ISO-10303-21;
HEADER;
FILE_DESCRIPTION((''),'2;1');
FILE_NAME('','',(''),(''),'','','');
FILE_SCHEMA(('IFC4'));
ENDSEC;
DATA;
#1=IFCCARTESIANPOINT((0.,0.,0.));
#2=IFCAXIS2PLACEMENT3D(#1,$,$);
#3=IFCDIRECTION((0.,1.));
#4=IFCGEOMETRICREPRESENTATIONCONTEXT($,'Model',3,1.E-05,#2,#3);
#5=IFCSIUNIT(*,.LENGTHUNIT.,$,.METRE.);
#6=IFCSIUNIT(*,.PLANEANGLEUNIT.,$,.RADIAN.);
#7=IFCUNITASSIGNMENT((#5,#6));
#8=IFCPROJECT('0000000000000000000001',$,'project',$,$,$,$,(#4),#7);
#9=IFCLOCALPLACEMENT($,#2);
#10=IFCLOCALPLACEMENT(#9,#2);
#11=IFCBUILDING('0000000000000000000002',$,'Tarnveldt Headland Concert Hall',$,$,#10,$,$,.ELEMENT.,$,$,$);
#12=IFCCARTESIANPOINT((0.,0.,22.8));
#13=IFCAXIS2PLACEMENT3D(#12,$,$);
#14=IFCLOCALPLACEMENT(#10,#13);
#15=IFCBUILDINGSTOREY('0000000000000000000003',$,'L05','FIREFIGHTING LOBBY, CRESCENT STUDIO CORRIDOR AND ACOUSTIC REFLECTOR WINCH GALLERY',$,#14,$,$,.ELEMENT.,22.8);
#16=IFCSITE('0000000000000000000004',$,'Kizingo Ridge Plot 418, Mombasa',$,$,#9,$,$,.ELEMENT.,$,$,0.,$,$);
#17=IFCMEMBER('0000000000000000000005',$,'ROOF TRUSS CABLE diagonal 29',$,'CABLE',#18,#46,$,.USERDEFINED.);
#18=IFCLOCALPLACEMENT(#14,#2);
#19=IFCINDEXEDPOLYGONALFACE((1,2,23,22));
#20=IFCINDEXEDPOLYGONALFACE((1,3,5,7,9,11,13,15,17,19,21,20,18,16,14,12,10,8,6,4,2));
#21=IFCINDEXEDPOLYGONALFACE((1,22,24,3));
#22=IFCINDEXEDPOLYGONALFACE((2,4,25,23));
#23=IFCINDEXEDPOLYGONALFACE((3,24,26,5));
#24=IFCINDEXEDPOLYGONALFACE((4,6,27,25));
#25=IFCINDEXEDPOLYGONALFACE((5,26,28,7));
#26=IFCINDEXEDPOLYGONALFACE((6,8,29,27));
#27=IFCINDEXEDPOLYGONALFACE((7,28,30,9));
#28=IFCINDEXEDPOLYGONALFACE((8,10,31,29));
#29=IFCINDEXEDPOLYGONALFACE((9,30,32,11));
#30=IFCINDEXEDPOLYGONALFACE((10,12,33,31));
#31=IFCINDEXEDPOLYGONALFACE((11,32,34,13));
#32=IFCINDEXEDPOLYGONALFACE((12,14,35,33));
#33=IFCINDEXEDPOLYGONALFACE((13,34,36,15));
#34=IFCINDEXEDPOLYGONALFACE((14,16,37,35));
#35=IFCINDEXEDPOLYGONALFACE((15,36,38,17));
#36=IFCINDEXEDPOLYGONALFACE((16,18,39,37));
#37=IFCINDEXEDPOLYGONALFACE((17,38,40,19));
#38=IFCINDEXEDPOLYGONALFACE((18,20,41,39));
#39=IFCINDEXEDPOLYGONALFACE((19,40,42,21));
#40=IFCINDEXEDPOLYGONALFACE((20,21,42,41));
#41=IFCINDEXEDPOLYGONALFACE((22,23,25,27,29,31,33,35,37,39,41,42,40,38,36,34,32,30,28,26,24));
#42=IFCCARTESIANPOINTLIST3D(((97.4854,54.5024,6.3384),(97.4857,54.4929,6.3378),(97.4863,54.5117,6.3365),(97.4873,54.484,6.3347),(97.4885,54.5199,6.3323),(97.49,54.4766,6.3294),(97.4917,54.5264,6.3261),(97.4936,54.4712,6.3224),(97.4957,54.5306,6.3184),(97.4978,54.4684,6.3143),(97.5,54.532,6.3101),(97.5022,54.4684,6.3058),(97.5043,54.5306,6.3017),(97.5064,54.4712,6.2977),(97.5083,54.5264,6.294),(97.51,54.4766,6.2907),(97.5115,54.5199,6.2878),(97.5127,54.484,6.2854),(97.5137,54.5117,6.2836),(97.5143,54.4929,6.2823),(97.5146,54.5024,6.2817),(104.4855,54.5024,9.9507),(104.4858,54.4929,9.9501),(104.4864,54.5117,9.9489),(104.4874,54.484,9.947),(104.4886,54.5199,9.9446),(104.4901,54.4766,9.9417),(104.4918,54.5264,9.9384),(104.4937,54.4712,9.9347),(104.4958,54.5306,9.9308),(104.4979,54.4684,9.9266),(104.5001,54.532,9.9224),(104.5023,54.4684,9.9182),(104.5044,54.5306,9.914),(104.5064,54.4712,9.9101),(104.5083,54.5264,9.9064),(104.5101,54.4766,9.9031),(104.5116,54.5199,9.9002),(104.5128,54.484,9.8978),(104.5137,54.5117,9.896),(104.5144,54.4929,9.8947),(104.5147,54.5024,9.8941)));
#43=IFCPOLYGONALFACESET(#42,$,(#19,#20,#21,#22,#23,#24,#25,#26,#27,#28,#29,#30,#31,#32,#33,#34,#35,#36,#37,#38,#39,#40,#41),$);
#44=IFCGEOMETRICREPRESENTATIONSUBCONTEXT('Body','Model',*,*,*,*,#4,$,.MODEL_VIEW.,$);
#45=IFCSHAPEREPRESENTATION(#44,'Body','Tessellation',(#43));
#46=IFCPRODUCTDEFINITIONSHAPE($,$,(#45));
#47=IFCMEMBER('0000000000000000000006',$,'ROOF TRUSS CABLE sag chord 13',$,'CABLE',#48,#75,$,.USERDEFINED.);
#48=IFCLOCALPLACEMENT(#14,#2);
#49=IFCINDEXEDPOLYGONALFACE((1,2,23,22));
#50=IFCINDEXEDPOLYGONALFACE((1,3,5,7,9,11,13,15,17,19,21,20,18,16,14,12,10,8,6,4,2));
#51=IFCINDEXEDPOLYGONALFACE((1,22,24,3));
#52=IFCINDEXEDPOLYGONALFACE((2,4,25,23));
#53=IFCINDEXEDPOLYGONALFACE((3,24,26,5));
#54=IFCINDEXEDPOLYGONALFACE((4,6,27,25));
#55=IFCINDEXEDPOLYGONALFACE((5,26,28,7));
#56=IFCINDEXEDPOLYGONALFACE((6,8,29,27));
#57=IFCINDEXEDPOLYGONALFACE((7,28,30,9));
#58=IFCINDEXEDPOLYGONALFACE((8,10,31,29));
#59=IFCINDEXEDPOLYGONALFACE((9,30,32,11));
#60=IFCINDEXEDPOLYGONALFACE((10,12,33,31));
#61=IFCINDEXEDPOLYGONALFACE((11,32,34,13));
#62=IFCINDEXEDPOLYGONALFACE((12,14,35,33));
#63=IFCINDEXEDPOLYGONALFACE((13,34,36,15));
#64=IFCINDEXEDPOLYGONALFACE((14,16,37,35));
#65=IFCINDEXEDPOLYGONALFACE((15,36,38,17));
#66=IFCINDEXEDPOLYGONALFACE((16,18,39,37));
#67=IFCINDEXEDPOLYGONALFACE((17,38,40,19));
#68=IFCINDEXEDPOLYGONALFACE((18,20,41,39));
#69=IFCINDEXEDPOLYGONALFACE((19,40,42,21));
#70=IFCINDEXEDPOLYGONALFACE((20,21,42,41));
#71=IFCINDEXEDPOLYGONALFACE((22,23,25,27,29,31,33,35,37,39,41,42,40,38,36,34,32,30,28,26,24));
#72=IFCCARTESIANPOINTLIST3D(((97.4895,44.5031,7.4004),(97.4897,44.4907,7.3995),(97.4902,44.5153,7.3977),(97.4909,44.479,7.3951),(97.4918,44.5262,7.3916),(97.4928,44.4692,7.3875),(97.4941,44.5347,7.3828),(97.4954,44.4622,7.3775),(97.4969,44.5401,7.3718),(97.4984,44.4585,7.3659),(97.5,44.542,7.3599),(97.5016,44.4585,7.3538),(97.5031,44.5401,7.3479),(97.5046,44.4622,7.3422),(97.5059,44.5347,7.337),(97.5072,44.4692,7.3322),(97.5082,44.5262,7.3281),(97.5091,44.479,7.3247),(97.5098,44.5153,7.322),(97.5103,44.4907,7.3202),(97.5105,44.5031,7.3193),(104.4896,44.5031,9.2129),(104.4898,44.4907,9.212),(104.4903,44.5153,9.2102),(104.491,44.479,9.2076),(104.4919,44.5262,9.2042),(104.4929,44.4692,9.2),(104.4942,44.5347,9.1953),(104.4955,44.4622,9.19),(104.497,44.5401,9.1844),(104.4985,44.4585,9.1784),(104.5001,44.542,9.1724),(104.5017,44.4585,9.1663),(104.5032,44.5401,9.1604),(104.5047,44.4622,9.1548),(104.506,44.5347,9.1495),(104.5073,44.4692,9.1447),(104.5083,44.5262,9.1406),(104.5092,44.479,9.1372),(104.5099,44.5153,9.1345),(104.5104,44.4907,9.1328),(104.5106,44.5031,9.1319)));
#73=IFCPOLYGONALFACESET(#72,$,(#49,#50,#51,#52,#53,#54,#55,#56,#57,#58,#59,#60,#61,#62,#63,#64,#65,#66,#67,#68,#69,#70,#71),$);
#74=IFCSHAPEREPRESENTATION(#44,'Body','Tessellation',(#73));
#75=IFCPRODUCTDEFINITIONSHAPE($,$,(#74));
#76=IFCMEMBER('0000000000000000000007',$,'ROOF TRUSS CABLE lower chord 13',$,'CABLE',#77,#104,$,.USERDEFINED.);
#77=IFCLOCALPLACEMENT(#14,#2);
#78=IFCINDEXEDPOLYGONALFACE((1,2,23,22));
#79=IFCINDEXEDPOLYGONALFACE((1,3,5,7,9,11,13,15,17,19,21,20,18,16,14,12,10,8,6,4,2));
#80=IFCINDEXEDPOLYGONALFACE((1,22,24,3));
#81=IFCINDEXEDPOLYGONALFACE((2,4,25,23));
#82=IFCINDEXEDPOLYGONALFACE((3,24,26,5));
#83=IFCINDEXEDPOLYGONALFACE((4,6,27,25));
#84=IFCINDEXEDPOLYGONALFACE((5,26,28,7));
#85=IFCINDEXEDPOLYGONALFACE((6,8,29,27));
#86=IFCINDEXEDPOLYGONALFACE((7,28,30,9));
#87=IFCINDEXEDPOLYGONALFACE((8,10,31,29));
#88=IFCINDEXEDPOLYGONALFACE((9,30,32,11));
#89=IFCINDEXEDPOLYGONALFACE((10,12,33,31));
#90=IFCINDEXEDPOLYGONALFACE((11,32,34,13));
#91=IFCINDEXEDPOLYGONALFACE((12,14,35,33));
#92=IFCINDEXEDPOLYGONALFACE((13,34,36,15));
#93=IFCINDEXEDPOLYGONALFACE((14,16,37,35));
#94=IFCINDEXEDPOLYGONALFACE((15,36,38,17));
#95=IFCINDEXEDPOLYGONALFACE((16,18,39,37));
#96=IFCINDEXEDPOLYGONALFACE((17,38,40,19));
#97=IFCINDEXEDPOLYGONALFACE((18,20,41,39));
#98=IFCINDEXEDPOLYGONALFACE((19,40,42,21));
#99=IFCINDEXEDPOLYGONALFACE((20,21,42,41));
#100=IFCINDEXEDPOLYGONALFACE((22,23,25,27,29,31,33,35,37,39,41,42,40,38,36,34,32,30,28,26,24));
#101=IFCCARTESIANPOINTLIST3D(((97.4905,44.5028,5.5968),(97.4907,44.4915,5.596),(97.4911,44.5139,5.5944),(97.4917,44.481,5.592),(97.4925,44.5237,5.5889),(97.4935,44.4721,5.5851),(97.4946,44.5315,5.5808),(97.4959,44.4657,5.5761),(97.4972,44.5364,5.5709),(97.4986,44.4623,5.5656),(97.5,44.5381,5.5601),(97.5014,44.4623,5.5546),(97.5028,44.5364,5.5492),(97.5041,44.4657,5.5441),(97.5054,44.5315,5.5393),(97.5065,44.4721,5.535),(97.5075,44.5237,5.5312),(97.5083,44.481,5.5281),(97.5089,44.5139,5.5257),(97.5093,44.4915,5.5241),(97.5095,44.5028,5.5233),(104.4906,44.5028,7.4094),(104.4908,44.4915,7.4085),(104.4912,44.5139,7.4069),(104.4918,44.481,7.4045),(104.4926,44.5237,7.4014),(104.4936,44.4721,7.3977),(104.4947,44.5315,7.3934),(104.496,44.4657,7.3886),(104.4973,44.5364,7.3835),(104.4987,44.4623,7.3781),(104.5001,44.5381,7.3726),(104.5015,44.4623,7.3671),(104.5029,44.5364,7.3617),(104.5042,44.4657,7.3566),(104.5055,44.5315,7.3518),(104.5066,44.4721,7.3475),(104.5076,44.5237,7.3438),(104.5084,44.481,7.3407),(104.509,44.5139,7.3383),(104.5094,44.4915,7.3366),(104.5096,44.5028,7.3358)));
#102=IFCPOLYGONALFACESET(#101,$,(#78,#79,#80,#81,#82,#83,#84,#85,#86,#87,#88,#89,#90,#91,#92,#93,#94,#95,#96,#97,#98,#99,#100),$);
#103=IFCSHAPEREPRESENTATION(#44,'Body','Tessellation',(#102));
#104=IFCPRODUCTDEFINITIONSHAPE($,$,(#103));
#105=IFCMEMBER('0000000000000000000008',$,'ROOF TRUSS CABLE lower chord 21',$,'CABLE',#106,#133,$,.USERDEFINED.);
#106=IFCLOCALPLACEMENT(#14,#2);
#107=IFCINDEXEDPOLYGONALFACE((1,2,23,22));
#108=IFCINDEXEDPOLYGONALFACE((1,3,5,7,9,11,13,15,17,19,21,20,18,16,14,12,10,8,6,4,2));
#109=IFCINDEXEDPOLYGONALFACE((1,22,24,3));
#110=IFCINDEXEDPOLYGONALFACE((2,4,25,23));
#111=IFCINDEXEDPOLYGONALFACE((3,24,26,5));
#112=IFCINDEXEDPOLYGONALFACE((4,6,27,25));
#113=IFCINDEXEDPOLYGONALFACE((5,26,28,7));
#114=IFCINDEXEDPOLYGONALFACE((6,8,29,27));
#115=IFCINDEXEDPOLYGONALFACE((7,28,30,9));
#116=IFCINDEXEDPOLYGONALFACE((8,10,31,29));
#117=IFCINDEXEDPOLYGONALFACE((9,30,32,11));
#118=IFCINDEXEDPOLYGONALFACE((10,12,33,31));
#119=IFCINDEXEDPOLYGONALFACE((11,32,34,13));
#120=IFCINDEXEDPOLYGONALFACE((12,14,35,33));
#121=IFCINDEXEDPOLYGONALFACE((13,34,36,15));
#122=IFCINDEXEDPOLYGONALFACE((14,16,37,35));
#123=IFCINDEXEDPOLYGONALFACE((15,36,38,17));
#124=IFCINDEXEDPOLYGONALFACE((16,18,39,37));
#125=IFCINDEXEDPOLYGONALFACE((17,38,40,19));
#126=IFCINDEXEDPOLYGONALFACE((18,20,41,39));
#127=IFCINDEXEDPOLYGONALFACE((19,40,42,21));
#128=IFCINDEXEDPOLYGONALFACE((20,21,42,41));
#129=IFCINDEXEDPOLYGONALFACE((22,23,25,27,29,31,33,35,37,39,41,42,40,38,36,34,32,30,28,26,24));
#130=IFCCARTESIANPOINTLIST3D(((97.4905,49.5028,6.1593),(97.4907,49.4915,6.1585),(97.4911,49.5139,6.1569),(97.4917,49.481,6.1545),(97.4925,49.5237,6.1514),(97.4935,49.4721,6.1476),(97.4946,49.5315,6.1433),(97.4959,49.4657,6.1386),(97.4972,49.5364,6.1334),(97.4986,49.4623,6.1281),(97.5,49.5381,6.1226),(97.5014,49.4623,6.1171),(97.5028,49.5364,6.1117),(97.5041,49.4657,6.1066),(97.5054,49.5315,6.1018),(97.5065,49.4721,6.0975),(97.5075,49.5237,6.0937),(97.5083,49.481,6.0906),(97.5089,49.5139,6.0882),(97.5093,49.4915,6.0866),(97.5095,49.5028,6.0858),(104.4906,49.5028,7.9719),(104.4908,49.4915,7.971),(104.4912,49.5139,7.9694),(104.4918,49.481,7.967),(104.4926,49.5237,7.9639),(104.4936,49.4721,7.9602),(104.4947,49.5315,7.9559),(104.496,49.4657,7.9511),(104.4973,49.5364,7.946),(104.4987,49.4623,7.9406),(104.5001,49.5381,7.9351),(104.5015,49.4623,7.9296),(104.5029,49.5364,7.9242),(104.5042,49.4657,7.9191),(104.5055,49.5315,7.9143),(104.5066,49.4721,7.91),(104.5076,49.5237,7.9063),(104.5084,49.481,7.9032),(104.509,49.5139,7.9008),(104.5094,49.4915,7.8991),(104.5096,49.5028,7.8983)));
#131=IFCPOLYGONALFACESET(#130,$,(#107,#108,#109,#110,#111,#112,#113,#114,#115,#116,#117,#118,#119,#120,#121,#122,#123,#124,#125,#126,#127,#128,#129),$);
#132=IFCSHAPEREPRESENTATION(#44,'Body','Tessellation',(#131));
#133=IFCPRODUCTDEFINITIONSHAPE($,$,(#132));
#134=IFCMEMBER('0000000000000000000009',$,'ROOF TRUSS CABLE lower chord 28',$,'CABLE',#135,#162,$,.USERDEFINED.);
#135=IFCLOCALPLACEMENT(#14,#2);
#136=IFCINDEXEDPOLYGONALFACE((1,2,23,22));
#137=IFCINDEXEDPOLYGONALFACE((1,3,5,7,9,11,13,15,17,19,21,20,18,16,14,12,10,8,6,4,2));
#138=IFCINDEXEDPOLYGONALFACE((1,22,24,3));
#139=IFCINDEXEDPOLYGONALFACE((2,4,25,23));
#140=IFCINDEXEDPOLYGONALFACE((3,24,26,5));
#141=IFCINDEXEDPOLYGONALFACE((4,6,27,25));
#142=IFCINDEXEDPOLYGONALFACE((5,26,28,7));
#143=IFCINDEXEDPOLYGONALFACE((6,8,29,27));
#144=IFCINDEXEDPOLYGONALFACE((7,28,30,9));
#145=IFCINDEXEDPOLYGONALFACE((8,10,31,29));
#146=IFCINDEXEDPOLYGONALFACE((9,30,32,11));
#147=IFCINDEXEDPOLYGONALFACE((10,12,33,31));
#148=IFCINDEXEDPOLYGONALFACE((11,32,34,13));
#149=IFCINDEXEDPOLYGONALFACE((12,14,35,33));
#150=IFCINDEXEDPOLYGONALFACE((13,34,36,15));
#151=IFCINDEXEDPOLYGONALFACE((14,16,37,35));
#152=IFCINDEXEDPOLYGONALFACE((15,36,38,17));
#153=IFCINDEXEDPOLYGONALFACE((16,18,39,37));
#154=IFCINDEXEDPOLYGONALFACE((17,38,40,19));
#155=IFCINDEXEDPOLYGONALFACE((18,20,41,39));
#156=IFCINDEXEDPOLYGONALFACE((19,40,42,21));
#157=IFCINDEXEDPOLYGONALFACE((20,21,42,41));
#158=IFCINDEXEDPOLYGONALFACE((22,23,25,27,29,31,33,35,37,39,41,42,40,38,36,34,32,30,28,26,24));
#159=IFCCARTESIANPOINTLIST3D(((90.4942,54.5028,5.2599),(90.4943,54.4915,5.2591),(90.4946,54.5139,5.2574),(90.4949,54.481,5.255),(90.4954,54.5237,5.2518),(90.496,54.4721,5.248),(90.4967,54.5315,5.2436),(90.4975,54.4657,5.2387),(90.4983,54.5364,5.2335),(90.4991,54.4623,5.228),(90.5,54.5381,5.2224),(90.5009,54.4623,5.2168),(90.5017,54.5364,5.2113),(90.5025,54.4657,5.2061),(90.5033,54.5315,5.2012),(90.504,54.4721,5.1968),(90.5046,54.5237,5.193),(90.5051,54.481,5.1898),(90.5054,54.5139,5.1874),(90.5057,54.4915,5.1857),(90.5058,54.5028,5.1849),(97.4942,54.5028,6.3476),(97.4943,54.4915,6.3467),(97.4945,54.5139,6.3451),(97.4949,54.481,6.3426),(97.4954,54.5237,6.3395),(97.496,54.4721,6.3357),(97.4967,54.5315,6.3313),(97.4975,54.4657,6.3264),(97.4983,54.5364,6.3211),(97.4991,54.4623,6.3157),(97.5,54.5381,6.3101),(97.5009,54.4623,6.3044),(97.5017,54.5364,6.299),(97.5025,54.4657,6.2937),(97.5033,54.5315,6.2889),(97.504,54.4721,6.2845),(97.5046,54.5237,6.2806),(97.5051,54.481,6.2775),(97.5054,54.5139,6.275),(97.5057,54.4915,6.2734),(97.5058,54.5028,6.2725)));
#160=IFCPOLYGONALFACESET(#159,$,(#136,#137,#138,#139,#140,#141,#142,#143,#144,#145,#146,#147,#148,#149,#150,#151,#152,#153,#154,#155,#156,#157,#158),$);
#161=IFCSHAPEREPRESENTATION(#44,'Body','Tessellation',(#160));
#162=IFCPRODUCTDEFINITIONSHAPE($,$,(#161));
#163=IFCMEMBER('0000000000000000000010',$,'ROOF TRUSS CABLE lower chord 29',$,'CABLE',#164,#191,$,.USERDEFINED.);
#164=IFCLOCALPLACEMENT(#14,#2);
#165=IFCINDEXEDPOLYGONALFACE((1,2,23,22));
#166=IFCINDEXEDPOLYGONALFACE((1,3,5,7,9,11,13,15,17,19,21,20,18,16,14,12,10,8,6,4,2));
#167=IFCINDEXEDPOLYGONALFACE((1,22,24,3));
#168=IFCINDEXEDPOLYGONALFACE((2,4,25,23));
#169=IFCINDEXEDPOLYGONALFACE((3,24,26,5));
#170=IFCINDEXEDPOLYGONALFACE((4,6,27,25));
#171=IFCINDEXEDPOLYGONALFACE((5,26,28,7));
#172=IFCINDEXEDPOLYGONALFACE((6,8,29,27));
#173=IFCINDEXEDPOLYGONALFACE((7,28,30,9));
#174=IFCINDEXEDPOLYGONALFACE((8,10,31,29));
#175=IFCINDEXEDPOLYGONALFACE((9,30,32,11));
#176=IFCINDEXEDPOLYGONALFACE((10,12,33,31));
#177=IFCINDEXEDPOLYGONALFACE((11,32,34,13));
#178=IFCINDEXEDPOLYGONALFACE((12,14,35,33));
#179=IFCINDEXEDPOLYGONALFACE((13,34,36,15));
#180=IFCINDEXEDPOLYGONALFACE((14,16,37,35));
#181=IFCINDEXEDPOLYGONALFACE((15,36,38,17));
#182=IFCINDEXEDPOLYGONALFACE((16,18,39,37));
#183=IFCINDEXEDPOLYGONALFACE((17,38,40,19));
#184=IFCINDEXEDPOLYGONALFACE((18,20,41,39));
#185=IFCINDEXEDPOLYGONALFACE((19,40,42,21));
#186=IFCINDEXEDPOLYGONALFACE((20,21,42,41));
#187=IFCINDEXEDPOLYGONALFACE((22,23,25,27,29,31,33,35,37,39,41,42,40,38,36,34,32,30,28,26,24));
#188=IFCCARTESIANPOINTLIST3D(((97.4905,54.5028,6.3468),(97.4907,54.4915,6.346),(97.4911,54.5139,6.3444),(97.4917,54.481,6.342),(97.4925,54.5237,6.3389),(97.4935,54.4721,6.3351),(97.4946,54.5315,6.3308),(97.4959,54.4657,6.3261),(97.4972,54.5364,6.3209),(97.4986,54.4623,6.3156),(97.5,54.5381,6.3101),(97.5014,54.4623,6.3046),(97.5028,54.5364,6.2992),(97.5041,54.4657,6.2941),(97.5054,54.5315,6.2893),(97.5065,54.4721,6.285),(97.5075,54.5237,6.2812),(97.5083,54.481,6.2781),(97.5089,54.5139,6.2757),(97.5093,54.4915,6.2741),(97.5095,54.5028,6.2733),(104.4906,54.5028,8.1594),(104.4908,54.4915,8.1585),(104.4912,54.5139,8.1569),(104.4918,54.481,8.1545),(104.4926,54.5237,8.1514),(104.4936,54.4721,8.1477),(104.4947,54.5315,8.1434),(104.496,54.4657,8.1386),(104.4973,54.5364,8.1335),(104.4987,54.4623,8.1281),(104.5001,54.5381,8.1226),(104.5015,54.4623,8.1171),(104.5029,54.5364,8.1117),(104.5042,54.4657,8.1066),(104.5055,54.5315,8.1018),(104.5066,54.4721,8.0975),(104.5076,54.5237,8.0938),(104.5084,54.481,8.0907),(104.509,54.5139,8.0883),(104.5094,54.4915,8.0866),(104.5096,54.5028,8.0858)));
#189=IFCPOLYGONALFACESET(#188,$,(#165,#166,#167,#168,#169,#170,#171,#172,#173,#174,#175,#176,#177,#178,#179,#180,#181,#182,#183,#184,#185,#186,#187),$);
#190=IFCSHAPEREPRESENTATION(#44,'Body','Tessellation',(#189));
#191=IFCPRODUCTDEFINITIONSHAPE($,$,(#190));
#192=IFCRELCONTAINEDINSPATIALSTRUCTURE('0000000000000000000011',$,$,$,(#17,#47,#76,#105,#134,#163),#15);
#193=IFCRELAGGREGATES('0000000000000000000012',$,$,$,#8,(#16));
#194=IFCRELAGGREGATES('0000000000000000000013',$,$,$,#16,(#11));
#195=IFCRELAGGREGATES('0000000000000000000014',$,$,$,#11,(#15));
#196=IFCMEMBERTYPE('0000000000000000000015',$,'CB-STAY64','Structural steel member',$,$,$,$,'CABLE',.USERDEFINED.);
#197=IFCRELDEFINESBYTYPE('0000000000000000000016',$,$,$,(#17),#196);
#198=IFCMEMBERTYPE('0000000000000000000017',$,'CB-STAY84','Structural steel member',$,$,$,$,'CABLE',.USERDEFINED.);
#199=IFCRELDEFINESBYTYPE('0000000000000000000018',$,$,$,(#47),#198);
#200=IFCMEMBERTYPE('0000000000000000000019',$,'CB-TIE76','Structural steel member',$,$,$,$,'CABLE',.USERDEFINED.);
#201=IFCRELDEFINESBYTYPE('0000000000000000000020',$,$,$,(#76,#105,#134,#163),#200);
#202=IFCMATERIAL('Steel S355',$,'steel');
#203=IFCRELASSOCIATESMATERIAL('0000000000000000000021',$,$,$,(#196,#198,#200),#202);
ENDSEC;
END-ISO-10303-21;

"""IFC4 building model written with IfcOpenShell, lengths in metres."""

from ifc_helpers import new_model, si_unit, direction, frame, origin, origin_2d, place, context, subcontext, project, spatial, circle, extrude, material, material_profile, profile_set, type_object, element, save


model = new_model("IFC4")

# Units and contexts
model_context = context("Model", 3, precision=1e-05, world=origin(), true_north=direction((0.0, 1.0)))
body_context = subcontext(model_context, "Body", "Model", "MODEL_VIEW")
ifc_project = project(units=[si_unit("LENGTHUNIT", "METRE"), si_unit("PLANEANGLEUNIT", "RADIAN")], contexts=[model_context])

# Site, building, storey
site_placement = place(None, origin())
site = spatial("IfcSite", under=ifc_project, at=site_placement, Name="Kizingo Ridge Plot 418, Mombasa", CompositionType="ELEMENT", RefElevation=0.0)
building_placement = place(site_placement, origin())
building = spatial("IfcBuilding", under=site, at=building_placement, Name="Tarnveldt Headland Concert Hall", CompositionType="ELEMENT")
storey_placement = place(building_placement, frame((0.0, 0.0, 22.8)))
storey = spatial("IfcBuildingStorey", under=building, at=storey_placement, Name="L05", Description="FIREFIGHTING LOBBY, CRESCENT STUDIO CORRIDOR AND ACOUSTIC REFLECTOR WINCH GALLERY", CompositionType="ELEMENT", Elevation=22.8)

# Members
ifc_material_1 = material(Name="Steel S355", Category="steel")
ifc_material_profile_1 = material_profile(ifc_material_1, circle(Radius=0.032, at=origin_2d()), Name="LC D64", Category="steel")
ifc_profile_set_1 = profile_set([ifc_material_profile_1], Name="Steel S355")
member_type_1 = type_object("IfcMemberType", Name="CB-STAY64", Description="Structural steel member", ElementType="CABLE", PredefinedType="USERDEFINED", material=ifc_profile_set_1)
member_1_placement = place(storey_placement, frame((97.5, 54.5, 6.3101), z_axis=(0.888652, 0.0, 0.458583), x_axis=(0.0, 1.0, 0.0)))
element("IfcMember", 1, at=member_1_placement, inside=storey, type_object=member_type_1, Name="ROOF TRUSS CABLE diagonal 29", ObjectType="CABLE", PredefinedType="USERDEFINED", context=body_context, shape_type="SweptSolid", body=[
    extrude(circle(Radius=0.032, at=origin_2d()), origin(), (0.0, 0.0, 1.0), 7.8772),
])
ifc_material_profile_2 = material_profile(ifc_material_1, circle(Radius=0.042, at=origin_2d()), Name="LC D84", Category="steel")
ifc_profile_set_2 = profile_set([ifc_material_profile_2], Name="Steel S355")
member_type_2 = type_object("IfcMemberType", Name="CB-STAY84", Description="Structural steel member", ElementType="CABLE", PredefinedType="USERDEFINED", material=ifc_profile_set_2)
member_2_placement = place(storey_placement, frame((97.5, 44.5, 7.3599), z_axis=(0.968075, 0.0, 0.250662), x_axis=(0.0, 1.0, 0.0)))
element("IfcMember", 2, at=member_2_placement, inside=storey, type_object=member_type_2, Name="ROOF TRUSS CABLE sag chord 13", ObjectType="CABLE", PredefinedType="USERDEFINED", context=body_context, shape_type="SweptSolid", body=[
    extrude(circle(Radius=0.042, at=origin_2d()), origin(), (0.0, 0.0, 1.0), 7.231),
])
ifc_material_profile_3 = material_profile(ifc_material_1, circle(Radius=0.0381, at=origin_2d()), Name="LC D76", Category="steel")
ifc_profile_set_3 = profile_set([ifc_material_profile_3], Name="Steel S355")
member_type_3 = type_object("IfcMemberType", Name="CB-TIE76", Description="Structural steel member", ElementType="CABLE", PredefinedType="USERDEFINED", material=ifc_profile_set_3)
for number, where, z_axis, x_axis, name in (
    (3, (97.5, 44.5, 5.5601), (0.968075, 0.0, 0.250662), (0.0, 1.0, 0.0), "ROOF TRUSS CABLE lower chord 13"),
    (4, (97.5, 49.5, 6.1226), (0.968075, 0.0, 0.250662), (0.0, 1.0, 0.0), "ROOF TRUSS CABLE lower chord 21"),
):
    element("IfcMember", number, at=place(storey_placement, frame(where, z_axis=z_axis, x_axis=x_axis)), inside=storey, type_object=member_type_3, Name=name, ObjectType="CABLE", PredefinedType="USERDEFINED", context=body_context, shape_type="SweptSolid", body=[
        extrude(circle(Radius=0.0381, at=origin_2d()), origin(), (0.0, 0.0, 1.0), 7.231),
    ])
member_3_placement = place(storey_placement, frame((90.5, 54.5, 5.2224), z_axis=(0.988143, 0.0, 0.153536), x_axis=(0.0, 1.0, 0.0)))
element("IfcMember", 5, at=member_3_placement, inside=storey, type_object=member_type_3, Name="ROOF TRUSS CABLE lower chord 28", ObjectType="CABLE", PredefinedType="USERDEFINED", context=body_context, shape_type="SweptSolid", body=[
    extrude(circle(Radius=0.0381, at=origin_2d()), origin(), (0.0, 0.0, 1.0), 7.084),
])
member_4_placement = place(storey_placement, frame((97.5, 54.5, 6.3101), z_axis=(0.968075, 0.0, 0.250662), x_axis=(0.0, 1.0, 0.0)))
element("IfcMember", 6, at=member_4_placement, inside=storey, type_object=member_type_3, Name="ROOF TRUSS CABLE lower chord 29", ObjectType="CABLE", PredefinedType="USERDEFINED", context=body_context, shape_type="SweptSolid", body=[
    extrude(circle(Radius=0.0381, at=origin_2d()), origin(), (0.0, 0.0, 1.0), 7.231),
])

save(model, "model.ifc")
